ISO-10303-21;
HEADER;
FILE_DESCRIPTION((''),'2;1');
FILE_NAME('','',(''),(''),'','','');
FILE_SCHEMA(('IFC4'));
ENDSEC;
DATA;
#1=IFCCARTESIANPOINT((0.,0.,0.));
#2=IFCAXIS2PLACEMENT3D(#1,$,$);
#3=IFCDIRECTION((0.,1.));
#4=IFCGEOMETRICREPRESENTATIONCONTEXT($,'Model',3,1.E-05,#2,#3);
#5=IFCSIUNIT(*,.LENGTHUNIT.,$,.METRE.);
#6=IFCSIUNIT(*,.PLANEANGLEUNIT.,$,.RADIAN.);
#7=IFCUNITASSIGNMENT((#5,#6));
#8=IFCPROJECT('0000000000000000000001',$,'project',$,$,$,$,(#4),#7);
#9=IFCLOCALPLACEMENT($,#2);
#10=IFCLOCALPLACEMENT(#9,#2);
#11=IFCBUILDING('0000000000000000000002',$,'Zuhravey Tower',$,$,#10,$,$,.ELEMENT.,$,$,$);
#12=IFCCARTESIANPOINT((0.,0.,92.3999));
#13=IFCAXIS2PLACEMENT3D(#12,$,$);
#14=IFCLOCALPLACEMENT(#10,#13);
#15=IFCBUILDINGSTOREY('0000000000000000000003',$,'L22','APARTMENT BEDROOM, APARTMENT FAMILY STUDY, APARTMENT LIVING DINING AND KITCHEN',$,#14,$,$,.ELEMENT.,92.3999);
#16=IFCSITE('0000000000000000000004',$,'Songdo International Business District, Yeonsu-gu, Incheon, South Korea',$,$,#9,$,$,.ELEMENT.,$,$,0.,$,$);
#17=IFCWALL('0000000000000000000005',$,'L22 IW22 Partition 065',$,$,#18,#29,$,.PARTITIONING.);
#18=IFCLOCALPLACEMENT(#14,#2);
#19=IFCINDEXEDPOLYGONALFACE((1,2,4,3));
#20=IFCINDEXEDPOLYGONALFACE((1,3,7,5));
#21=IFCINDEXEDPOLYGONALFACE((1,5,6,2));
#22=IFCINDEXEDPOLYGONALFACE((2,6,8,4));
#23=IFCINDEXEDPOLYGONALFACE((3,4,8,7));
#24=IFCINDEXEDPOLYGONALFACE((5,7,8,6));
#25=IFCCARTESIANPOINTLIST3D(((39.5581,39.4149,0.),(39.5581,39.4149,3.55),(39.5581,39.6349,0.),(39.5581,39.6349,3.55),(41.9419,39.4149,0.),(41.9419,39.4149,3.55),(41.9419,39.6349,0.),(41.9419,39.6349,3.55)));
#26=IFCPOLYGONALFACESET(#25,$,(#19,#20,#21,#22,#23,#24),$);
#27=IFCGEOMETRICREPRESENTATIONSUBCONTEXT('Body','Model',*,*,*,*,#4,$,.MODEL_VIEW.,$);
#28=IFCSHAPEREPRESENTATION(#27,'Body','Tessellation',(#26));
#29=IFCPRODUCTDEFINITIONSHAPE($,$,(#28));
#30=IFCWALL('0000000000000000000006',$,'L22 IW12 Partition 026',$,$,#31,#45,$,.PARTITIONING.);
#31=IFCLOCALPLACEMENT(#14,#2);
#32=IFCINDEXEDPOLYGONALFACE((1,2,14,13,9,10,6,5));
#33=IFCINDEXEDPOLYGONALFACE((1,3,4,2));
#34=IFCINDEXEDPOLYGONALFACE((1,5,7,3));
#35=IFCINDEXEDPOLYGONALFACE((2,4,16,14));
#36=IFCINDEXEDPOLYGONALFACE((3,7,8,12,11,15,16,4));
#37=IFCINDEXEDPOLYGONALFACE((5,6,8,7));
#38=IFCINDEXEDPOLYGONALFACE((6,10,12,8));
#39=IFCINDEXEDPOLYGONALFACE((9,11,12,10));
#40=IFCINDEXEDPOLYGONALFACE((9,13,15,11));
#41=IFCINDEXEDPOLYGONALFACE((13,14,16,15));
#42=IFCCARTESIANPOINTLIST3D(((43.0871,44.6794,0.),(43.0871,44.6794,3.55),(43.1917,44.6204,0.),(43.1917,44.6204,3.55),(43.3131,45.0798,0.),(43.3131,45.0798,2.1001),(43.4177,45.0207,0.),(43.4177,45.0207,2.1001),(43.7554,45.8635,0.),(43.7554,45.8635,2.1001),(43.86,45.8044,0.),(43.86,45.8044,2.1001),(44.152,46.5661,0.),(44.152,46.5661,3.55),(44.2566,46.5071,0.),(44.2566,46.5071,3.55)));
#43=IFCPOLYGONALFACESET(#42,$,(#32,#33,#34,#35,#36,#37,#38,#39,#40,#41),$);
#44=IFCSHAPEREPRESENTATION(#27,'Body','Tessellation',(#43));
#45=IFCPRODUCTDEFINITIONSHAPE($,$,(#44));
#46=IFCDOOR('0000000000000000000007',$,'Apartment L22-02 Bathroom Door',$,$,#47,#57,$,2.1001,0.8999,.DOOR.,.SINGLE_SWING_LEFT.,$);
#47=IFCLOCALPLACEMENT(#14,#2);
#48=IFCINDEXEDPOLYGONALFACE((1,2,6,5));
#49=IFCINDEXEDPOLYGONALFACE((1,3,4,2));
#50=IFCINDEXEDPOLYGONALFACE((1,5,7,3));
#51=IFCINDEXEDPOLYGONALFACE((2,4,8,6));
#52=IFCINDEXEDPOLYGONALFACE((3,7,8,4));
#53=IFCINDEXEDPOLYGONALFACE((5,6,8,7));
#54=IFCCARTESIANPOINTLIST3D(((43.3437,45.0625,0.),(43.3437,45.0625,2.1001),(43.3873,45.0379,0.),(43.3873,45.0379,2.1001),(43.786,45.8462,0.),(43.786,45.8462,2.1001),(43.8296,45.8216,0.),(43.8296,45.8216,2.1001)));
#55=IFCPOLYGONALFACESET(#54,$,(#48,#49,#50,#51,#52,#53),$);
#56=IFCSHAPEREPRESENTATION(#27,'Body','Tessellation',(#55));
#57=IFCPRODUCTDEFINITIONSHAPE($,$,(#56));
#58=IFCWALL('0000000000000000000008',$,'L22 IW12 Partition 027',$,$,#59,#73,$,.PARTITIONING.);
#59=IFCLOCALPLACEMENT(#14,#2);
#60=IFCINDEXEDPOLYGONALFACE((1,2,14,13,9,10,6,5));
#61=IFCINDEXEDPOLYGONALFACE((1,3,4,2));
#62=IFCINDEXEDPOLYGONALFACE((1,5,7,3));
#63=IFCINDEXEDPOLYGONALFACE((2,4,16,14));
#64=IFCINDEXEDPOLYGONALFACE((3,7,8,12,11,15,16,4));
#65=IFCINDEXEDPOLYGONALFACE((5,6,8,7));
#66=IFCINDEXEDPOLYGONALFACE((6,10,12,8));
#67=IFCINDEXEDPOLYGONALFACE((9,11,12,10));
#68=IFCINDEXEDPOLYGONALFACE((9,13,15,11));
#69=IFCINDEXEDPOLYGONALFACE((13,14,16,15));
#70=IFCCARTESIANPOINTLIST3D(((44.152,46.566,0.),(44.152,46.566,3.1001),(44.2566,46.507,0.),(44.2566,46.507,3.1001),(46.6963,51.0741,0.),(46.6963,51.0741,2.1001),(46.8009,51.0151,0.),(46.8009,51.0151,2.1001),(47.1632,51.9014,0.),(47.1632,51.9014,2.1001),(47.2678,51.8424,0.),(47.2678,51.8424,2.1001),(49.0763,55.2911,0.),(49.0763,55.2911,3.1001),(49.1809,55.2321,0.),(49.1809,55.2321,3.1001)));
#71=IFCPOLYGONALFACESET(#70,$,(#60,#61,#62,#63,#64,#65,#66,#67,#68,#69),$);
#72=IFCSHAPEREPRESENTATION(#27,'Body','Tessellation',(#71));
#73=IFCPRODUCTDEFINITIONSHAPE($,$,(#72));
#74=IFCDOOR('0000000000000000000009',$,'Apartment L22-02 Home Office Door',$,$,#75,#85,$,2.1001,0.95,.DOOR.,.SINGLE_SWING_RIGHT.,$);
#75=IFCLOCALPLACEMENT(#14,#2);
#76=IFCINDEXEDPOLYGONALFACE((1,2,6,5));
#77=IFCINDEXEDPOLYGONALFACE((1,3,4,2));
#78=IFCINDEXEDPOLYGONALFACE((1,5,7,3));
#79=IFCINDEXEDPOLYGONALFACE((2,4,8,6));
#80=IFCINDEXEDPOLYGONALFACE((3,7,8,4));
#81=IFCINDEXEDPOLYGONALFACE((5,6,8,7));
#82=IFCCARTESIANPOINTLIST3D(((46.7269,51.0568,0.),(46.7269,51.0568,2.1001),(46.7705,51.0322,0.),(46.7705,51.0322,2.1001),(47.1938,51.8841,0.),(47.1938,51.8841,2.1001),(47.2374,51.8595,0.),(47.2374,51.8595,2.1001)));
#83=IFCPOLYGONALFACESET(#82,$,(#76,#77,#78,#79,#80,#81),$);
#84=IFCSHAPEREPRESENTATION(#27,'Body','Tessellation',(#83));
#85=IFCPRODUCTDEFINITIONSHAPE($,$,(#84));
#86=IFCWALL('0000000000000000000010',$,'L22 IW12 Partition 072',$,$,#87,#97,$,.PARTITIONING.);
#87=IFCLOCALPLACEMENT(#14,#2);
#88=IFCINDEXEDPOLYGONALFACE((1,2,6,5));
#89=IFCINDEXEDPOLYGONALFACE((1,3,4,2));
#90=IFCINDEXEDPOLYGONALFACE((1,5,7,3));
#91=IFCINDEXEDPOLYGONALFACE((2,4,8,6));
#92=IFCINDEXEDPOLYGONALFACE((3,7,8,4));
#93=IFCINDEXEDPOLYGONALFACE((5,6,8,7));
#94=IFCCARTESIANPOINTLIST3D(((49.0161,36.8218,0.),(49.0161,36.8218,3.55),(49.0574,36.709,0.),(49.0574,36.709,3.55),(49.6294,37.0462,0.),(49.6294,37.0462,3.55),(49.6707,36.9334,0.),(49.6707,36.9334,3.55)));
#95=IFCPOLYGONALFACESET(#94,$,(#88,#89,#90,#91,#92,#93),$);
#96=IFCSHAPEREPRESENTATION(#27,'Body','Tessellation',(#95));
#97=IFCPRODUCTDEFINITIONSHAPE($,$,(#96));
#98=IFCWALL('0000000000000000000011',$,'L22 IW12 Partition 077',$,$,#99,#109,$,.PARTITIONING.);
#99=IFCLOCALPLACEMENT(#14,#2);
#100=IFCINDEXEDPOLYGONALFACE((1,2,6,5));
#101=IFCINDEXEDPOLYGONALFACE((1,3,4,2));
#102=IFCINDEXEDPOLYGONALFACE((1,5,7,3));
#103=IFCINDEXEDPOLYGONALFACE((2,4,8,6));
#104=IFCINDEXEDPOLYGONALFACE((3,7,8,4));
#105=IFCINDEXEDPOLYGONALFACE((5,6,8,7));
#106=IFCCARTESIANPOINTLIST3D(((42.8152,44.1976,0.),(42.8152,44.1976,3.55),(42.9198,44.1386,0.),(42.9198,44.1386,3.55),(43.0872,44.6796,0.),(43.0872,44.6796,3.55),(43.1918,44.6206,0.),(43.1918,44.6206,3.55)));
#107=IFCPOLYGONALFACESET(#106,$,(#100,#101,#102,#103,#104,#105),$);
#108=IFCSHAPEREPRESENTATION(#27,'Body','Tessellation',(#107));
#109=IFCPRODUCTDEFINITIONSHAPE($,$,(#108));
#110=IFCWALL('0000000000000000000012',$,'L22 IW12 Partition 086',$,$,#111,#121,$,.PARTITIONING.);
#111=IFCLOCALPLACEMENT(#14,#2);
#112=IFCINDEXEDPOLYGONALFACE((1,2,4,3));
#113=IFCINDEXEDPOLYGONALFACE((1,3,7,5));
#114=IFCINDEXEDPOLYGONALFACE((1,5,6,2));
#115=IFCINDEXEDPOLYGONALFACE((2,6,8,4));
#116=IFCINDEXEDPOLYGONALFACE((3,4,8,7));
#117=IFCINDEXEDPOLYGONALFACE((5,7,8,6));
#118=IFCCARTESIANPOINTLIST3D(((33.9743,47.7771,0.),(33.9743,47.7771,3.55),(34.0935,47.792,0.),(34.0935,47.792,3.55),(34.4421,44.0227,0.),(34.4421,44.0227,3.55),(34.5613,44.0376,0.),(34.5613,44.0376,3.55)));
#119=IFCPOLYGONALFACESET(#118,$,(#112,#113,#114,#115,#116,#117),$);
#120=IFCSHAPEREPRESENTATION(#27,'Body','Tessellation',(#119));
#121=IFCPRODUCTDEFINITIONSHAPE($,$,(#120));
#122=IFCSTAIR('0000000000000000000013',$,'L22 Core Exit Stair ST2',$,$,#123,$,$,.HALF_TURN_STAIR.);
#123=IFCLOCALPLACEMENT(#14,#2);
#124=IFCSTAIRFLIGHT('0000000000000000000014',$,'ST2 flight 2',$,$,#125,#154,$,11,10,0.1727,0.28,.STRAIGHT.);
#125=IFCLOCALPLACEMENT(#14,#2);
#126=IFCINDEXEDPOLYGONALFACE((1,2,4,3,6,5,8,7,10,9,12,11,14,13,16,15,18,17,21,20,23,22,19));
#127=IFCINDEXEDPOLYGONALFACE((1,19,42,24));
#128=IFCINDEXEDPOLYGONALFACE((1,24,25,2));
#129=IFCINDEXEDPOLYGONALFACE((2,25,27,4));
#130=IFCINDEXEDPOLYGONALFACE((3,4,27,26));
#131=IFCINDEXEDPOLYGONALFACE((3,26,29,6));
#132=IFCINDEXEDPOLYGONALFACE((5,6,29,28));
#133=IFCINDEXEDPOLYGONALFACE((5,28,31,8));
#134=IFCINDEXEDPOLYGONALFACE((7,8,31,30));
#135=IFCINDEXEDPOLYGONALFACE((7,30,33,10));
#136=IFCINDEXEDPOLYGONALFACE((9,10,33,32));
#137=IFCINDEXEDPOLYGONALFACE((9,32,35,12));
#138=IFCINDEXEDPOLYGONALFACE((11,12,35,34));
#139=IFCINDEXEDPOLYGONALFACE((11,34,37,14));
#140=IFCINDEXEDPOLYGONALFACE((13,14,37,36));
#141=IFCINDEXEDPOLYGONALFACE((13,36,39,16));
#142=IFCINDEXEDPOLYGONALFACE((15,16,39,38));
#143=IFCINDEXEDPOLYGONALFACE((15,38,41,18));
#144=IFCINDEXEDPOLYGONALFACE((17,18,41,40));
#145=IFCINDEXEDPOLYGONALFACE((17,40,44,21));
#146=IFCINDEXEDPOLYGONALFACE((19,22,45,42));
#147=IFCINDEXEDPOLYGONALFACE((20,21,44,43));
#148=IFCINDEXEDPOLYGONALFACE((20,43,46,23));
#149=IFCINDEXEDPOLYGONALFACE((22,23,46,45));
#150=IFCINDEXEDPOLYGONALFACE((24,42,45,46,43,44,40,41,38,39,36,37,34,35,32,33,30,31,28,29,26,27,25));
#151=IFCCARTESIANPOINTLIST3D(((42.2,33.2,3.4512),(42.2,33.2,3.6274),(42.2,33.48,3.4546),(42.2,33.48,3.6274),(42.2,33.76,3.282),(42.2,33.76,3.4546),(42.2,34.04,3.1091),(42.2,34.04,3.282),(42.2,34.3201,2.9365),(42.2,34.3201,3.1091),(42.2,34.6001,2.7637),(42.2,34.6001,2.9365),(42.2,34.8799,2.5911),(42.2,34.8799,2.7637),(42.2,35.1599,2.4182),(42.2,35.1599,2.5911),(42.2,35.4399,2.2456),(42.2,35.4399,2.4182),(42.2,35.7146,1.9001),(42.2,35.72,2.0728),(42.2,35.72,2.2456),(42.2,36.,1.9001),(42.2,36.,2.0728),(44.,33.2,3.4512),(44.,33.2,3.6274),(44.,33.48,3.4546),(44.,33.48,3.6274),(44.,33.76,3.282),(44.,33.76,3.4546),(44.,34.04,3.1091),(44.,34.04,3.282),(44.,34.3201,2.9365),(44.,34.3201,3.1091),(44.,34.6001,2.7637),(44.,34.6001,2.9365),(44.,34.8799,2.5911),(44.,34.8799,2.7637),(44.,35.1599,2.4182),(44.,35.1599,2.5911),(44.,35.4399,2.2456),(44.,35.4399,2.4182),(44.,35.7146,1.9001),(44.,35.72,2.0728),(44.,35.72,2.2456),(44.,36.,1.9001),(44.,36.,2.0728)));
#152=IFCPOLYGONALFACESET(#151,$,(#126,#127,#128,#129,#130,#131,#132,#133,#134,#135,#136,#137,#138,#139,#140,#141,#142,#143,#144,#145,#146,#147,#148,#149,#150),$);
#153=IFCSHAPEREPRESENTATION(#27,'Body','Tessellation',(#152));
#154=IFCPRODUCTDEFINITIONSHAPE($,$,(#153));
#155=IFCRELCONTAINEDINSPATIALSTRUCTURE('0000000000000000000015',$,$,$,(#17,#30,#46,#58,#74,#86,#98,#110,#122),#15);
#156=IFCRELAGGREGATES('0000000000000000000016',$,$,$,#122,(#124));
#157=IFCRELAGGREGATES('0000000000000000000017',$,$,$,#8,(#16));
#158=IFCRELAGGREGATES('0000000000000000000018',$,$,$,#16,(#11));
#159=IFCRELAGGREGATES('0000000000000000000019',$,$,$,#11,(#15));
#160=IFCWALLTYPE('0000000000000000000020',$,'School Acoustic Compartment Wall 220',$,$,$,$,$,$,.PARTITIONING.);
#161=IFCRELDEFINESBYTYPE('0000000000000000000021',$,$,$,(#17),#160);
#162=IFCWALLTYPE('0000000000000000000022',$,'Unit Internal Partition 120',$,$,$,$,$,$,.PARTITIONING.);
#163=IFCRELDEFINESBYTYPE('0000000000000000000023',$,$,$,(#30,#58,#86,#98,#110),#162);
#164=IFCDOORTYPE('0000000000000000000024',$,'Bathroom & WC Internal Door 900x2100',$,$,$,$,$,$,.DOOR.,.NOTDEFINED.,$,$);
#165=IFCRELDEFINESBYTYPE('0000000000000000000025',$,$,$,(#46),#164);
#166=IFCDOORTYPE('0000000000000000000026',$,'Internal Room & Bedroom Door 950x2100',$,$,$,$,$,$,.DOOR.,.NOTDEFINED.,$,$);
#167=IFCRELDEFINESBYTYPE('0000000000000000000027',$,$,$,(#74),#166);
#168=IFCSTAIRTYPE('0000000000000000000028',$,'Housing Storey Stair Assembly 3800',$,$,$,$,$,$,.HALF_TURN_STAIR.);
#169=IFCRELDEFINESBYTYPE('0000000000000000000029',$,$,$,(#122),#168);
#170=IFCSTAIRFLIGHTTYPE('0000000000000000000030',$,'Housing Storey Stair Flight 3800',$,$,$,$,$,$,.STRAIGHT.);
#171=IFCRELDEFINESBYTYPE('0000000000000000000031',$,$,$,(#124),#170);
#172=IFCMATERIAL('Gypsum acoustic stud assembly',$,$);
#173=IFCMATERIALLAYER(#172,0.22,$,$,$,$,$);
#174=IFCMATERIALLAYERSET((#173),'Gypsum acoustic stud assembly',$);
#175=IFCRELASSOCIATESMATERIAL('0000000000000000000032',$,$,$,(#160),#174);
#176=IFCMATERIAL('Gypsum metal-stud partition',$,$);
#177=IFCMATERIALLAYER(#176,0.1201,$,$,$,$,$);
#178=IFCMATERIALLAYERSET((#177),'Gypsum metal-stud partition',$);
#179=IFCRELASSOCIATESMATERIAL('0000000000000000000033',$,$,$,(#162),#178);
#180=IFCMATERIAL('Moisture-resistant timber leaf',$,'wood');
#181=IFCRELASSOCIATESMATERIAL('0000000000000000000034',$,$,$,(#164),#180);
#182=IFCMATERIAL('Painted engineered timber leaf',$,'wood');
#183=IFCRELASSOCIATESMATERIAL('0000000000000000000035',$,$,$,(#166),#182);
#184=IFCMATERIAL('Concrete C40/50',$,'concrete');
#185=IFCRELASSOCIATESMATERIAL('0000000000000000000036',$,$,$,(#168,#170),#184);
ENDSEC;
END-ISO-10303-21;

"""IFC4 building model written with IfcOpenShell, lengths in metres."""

from ifc_helpers import new_model, si_unit, direction, frame, frame_2d, origin, place, context, subcontext, project, spatial, polyline, rectangle, outline, extrude, material, layer, layer_set, type_object, element, fill, aggregate, save


model = new_model("IFC4")

# Units and contexts
model_context = context("Model", 3, precision=1e-05, world=origin(), true_north=direction((0.0, 1.0)))
body_context = subcontext(model_context, "Body", "Model", "MODEL_VIEW")
ifc_project = project(units=[si_unit("LENGTHUNIT", "METRE"), si_unit("PLANEANGLEUNIT", "RADIAN")], contexts=[model_context])

# Site, building, storey
site_placement = place(None, origin())
site = spatial("IfcSite", under=ifc_project, at=site_placement, Name="Songdo International Business District, Yeonsu-gu, Incheon, South Korea", CompositionType="ELEMENT", RefElevation=0.0)
building_placement = place(site_placement, origin())
building = spatial("IfcBuilding", under=site, at=building_placement, Name="Zuhravey Tower", CompositionType="ELEMENT")
storey_placement = place(building_placement, frame((0.0, 0.0, 92.3999)))
storey = spatial("IfcBuildingStorey", under=building, at=storey_placement, Name="L22", Description="APARTMENT BEDROOM, APARTMENT FAMILY STUDY, APARTMENT LIVING DINING AND KITCHEN", CompositionType="ELEMENT", Elevation=92.3999)

# Wall
ifc_material_1 = material(Name="Gypsum acoustic stud assembly")
ifc_layer_1 = layer(ifc_material_1, 0.22)
ifc_layer_set_1 = layer_set([ifc_layer_1], Name="Gypsum acoustic stud assembly")
wall_type_1 = type_object("IfcWallType", Name="School Acoustic Compartment Wall 220", PredefinedType="PARTITIONING", material=ifc_layer_set_1)
for number, where, z_axis, x_axis, name in (
    (1, (39.5581, 39.5249, 0.0), (0.0, 0.0, 1.0), (1.0, 0.0, 0.0), "L22 IW22 Partition 065"),
):
    element("IfcWall", number, at=place(storey_placement, frame(where, z_axis=z_axis, x_axis=x_axis)), inside=storey, type_object=wall_type_1, Name=name, PredefinedType="PARTITIONING", context=body_context, shape_type="SweptSolid", body=[
        extrude(rectangle(XDim=2.3838, YDim=0.22, at=frame_2d((1.1919, 0.0))), origin(), (0.0, 0.0, 1.0), 3.55),
    ])

# Walls, openings, doors
ifc_material_2 = material(Name="Gypsum metal-stud partition")
ifc_layer_2 = layer(ifc_material_2, 0.1201)
ifc_layer_set_2 = layer_set([ifc_layer_2], Name="Gypsum metal-stud partition")
wall_type_2 = type_object("IfcWallType", Name="Unit Internal Partition 120", PredefinedType="PARTITIONING", material=ifc_layer_set_2)
wall_1_placement = place(storey_placement, frame((43.1394, 44.6499, 0.0), z_axis=(0.0, 0.0, 1.0), x_axis=(0.491545, 0.870852, 0.0)))
wall_1 = element("IfcWall", 2, at=wall_1_placement, inside=storey, type_object=wall_type_2, Name="L22 IW12 Partition 026", PredefinedType="PARTITIONING", context=body_context, shape_type="SweptSolid", body=[
    extrude(rectangle(XDim=2.1665, YDim=0.1201, at=frame_2d((1.0833, 0.0))), origin(), (0.0, 0.0, 1.0), 3.55),
])
opening_1_placement = place(wall_1_placement, frame((0.4597, 0.0, 0.0)))
opening_1 = element("IfcOpeningElement", 3, at=opening_1_placement, cuts=wall_1, PredefinedType="OPENING", context=body_context, shape_type="SweptSolid", body=[
    extrude(rectangle(XDim=0.8999, YDim=2.1001, at=frame_2d((0.45, 1.05))), frame((0.0, 0.072, 0.0), z_axis=(0.0, -1.0, 0.0), x_axis=(1.0, 0.0, 0.0)), (0.0, 0.0, 1.0), 0.144),
])
ifc_material_3 = material(Name="Moisture-resistant timber leaf", Category="wood")
door_type_1 = type_object("IfcDoorType", Name="Bathroom & WC Internal Door 900x2100", OperationType="NOTDEFINED", PredefinedType="DOOR", material=ifc_material_3)
door_1_placement = place(opening_1_placement, origin())
door_1 = element("IfcDoor", 4, at=door_1_placement, inside=storey, type_object=door_type_1, Name="Apartment L22-02 Bathroom Door", OperationType="SINGLE_SWING_LEFT", OverallHeight=2.1001, OverallWidth=0.8999, PredefinedType="DOOR", context=body_context, shape_type="SweptSolid", body=[
    extrude(rectangle(XDim=0.8999, YDim=2.1001, at=frame_2d((0.45, 1.05))), frame((0.0, 0.0249, 0.0), z_axis=(0.0, -1.0, 0.0), x_axis=(1.0, 0.0, 0.0)), (0.0, 0.0, 1.0), 0.05),
])
fill(opening_1, door_1)
wall_2_placement = place(storey_placement, frame((44.2043, 46.5366, 0.0), z_axis=(0.0, 0.0, 1.0), x_axis=(0.491508, 0.870873, 0.0)))
wall_2 = element("IfcWall", 5, at=wall_2_placement, inside=storey, type_object=wall_type_2, Name="L22 IW12 Partition 027", PredefinedType="PARTITIONING", context=body_context, shape_type="SweptSolid", body=[
    extrude(rectangle(XDim=10.0188, YDim=0.1201, at=frame_2d((5.0093, 0.0))), origin(), (0.0, 0.0, 1.0), 3.1001),
])
opening_2_placement = place(wall_2_placement, frame((5.1763, 0.0, 0.0)))
opening_2 = element("IfcOpeningElement", 6, at=opening_2_placement, cuts=wall_2, PredefinedType="OPENING", context=body_context, shape_type="SweptSolid", body=[
    extrude(rectangle(XDim=0.95, YDim=2.1001, at=frame_2d((0.4751, 1.05))), frame((0.0, 0.072, 0.0), z_axis=(0.0, -1.0, 0.0), x_axis=(1.0, 0.0, 0.0)), (0.0, 0.0, 1.0), 0.144),
])
ifc_material_4 = material(Name="Painted engineered timber leaf", Category="wood")
door_type_2 = type_object("IfcDoorType", Name="Internal Room & Bedroom Door 950x2100", OperationType="NOTDEFINED", PredefinedType="DOOR", material=ifc_material_4)
door_2_placement = place(opening_2_placement, origin())
door_2 = element("IfcDoor", 7, at=door_2_placement, inside=storey, type_object=door_type_2, Name="Apartment L22-02 Home Office Door", OperationType="SINGLE_SWING_RIGHT", OverallHeight=2.1001, OverallWidth=0.95, PredefinedType="DOOR", context=body_context, shape_type="SweptSolid", body=[
    extrude(rectangle(XDim=0.95, YDim=2.1001, at=frame_2d((0.4751, 1.05))), frame((0.0, 0.0249, 0.0), z_axis=(0.0, -1.0, 0.0), x_axis=(1.0, 0.0, 0.0)), (0.0, 0.0, 1.0), 0.05),
])
fill(opening_2, door_2)

# Walls
wall_3_placement = place(storey_placement, frame((49.0366, 36.7654, 0.0), z_axis=(0.0, 0.0, 1.0), x_axis=(0.939126, 0.343573, 0.0)))
element("IfcWall", 8, at=wall_3_placement, inside=storey, type_object=wall_type_2, Name="L22 IW12 Partition 072", PredefinedType="PARTITIONING", context=body_context, shape_type="SweptSolid", body=[
    extrude(rectangle(XDim=0.6531, YDim=0.1201, at=frame_2d((0.3267, 0.0))), origin(), (0.0, 0.0, 1.0), 3.55),
])
wall_4_placement = place(storey_placement, frame((42.8674, 44.168, 0.0), z_axis=(0.0, 0.0, 1.0), x_axis=(0.491476, 0.870891, 0.0)))
element("IfcWall", 9, at=wall_4_placement, inside=storey, type_object=wall_type_2, Name="L22 IW12 Partition 077", PredefinedType="PARTITIONING", context=body_context, shape_type="SweptSolid", body=[
    extrude(rectangle(XDim=0.5535, YDim=0.1201, at=frame_2d((0.2769, 0.0))), origin(), (0.0, 0.0, 1.0), 3.55),
])
wall_5_placement = place(storey_placement, frame((34.5017, 44.0303, 0.0), z_axis=(0.0, 0.0, 1.0), x_axis=(-0.123638, 0.992327, 0.0)))
element("IfcWall", 10, at=wall_5_placement, inside=storey, type_object=wall_type_2, Name="L22 IW12 Partition 086", PredefinedType="PARTITIONING", context=body_context, shape_type="SweptSolid", body=[
    extrude(rectangle(XDim=3.7834, YDim=0.1201, at=frame_2d((1.8916, 0.0))), origin(), (0.0, 0.0, 1.0), 3.55),
])

# Stair, stair flight
ifc_material_5 = material(Name="Concrete C40/50", Category="concrete")
stair_type = type_object("IfcStairType", Name="Housing Storey Stair Assembly 3800", PredefinedType="HALF_TURN_STAIR", material=ifc_material_5)
stair_placement = place(storey_placement, origin())
stair = element("IfcStair", 11, at=stair_placement, inside=storey, type_object=stair_type, Name="L22 Core Exit Stair ST2", PredefinedType="HALF_TURN_STAIR")
stair_flight_type = type_object("IfcStairFlightType", Name="Housing Storey Stair Flight 3800", PredefinedType="STRAIGHT", material=ifc_material_5)
stair_flight_placement = place(storey_placement, frame((43.1001, 36.0, 1.9001), z_axis=(0.0, 0.0, 1.0), x_axis=(0.0, -1.0, 0.0)))
stair_flight = element("IfcStairFlight", 12, at=stair_flight_placement, type_object=stair_flight_type, Name="ST2 flight 2", NumberOfRisers=11, NumberOfTreads=10, PredefinedType="STRAIGHT", RiserHeight=0.1727, TreadLength=0.28, context=body_context, shape_type="SweptSolid", body=[
    extrude(outline(polyline([(0.0, 0.0), (0.0, 0.1726), (0.28, 0.1726), (0.28, 0.3455), (0.5601, 0.3455), (0.5601, 0.5181), (0.8401, 0.5181), (0.8401, 0.6909), (1.1201, 0.6909), (1.1201, 0.8635), (1.3999, 0.8635), (1.3999, 1.0364), (1.6799, 1.0364), (1.6799, 1.209), (1.96, 1.209), (1.96, 1.3818), (2.24, 1.3818), (2.24, 1.5544), (2.52, 1.5544), (2.52, 1.7273), (2.8, 1.7273), (2.8, 1.8999), (2.8, 1.551), (0.2854, 0.0), (0.0, 0.0)])), frame((0.0, 0.8999, 0.0), z_axis=(0.0, -1.0, 0.0), x_axis=(1.0, 0.0, 0.0)), (0.0, 0.0, 1.0), 1.8),
])
aggregate(stair, [stair_flight])

save(model, "model.ifc")
